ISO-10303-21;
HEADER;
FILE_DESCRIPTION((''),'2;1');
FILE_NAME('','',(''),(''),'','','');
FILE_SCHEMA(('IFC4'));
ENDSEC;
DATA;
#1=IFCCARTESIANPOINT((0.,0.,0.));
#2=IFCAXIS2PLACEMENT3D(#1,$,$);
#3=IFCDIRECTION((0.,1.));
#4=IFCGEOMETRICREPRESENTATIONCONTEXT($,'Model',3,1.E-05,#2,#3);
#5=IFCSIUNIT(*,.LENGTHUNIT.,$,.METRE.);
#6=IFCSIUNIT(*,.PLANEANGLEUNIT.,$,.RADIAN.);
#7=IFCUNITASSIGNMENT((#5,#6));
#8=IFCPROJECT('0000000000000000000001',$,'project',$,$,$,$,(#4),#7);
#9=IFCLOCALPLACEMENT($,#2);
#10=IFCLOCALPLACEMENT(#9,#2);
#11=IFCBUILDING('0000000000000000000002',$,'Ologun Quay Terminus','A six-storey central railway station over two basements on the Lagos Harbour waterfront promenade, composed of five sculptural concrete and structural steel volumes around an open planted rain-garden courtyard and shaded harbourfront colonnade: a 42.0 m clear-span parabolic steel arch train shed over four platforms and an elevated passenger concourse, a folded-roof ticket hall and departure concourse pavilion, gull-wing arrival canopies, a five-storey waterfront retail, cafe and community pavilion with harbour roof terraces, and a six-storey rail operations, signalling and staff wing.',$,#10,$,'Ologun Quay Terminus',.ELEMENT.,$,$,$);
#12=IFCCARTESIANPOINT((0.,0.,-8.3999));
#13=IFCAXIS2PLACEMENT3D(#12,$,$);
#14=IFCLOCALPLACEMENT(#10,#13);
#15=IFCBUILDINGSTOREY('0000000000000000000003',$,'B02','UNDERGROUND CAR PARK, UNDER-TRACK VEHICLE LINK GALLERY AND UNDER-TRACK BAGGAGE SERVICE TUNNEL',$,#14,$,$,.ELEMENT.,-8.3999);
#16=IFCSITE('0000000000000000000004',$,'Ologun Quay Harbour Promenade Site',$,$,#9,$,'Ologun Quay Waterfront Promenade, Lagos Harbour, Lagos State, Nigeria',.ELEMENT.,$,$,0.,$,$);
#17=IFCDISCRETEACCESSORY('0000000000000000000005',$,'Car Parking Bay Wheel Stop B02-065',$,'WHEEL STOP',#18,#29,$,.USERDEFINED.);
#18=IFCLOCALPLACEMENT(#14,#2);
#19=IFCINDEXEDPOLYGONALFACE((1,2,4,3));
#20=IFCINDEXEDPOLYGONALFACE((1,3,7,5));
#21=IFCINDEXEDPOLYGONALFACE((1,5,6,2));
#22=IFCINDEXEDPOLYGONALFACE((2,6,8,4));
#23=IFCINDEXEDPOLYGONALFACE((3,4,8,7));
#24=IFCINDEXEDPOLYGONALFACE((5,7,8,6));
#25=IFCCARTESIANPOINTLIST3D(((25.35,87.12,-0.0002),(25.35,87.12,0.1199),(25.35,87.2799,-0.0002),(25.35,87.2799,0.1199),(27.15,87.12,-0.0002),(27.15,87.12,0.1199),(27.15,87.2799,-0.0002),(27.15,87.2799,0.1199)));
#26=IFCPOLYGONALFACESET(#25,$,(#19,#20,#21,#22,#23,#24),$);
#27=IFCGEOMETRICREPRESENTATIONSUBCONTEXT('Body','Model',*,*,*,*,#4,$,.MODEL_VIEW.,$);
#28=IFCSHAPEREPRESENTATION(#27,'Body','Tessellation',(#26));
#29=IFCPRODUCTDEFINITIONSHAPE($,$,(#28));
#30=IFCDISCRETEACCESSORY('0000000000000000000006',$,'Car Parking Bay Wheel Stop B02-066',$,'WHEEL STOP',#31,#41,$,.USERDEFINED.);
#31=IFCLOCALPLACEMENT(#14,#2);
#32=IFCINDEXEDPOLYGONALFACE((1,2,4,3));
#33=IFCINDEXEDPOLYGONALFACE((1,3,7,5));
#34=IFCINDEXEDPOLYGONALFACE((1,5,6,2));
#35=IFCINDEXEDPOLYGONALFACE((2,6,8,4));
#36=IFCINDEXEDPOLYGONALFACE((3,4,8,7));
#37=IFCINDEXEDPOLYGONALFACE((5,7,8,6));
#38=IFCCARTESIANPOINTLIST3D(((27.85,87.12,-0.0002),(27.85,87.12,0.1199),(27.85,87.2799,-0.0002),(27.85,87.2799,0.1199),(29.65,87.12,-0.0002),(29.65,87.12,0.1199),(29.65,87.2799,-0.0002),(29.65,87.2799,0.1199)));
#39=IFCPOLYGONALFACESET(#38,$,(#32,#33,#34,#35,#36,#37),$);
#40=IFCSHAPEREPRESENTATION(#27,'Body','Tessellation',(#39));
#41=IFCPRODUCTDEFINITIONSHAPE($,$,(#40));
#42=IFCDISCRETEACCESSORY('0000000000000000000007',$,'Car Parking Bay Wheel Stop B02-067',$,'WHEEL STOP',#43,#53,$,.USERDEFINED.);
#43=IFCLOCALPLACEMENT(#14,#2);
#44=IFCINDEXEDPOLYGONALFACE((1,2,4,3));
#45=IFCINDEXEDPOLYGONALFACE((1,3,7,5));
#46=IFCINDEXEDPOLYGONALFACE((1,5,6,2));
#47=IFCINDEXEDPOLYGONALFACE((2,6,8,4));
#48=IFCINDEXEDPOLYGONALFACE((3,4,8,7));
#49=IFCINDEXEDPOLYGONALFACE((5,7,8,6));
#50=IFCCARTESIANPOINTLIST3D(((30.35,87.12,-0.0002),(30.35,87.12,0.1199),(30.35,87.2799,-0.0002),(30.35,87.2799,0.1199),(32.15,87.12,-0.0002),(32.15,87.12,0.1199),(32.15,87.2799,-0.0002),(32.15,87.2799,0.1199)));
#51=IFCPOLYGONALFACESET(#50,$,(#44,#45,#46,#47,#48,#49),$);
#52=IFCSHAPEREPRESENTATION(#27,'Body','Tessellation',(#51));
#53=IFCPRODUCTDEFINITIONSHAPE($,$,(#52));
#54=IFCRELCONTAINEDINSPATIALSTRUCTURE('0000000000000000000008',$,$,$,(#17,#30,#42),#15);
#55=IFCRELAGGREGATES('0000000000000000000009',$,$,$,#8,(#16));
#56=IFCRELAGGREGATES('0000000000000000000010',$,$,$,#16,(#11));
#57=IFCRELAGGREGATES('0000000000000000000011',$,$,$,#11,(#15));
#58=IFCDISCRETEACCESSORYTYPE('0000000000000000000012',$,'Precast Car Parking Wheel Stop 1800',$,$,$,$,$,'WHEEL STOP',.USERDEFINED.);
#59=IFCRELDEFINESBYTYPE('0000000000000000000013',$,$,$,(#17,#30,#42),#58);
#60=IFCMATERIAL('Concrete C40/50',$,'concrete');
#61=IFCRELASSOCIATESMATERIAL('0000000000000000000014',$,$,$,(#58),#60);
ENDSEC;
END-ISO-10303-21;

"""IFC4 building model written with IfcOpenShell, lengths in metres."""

from ifc_helpers import new_model, si_unit, direction, frame, origin, origin_2d, place, context, subcontext, project, spatial, rectangle, extrude, material, type_object, element, save


model = new_model("IFC4")

# Units and contexts
model_context = context("Model", 3, precision=1e-05, world=origin(), true_north=direction((0.0, 1.0)))
body_context = subcontext(model_context, "Body", "Model", "MODEL_VIEW")
ifc_project = project(units=[si_unit("LENGTHUNIT", "METRE"), si_unit("PLANEANGLEUNIT", "RADIAN")], contexts=[model_context])

# Site, building, storey
site_placement = place(None, origin())
site = spatial("IfcSite", under=ifc_project, at=site_placement, Name="Ologun Quay Harbour Promenade Site", LongName="Ologun Quay Waterfront Promenade, Lagos Harbour, Lagos State, Nigeria", CompositionType="ELEMENT", RefElevation=0.0)
building_placement = place(site_placement, origin())
building = spatial("IfcBuilding", under=site, at=building_placement, Name="Ologun Quay Terminus", Description="A six-storey central railway station over two basements on the Lagos Harbour waterfront promenade, composed of five sculptural concrete and structural steel volumes around an open planted rain-garden courtyard and shaded harbourfront colonnade: a 42.0 m clear-span parabolic steel arch train shed over four platforms and an elevated passenger concourse, a folded-roof ticket hall and departure concourse pavilion, gull-wing arrival canopies, a five-storey waterfront retail, cafe and community pavilion with harbour roof terraces, and a six-storey rail operations, signalling and staff wing.", LongName="Ologun Quay Terminus", CompositionType="ELEMENT")
storey_placement = place(building_placement, frame((0.0, 0.0, -8.3999)))
storey = spatial("IfcBuildingStorey", under=building, at=storey_placement, Name="B02", Description="UNDERGROUND CAR PARK, UNDER-TRACK VEHICLE LINK GALLERY AND UNDER-TRACK BAGGAGE SERVICE TUNNEL", CompositionType="ELEMENT", Elevation=-8.3999)

# Discrete accessories
ifc_material_1 = material(Name="Concrete C40/50", Category="concrete")
discrete_accessory_type = type_object("IfcDiscreteAccessoryType", Name="Precast Car Parking Wheel Stop 1800", ElementType="WHEEL STOP", PredefinedType="USERDEFINED", material=ifc_material_1)
for number, where, z_axis, x_axis, name in (
    (1, (26.25, 87.2, -0.0002), (0.0, 0.0, 1.0), (1.0, 0.0, 0.0), "Car Parking Bay Wheel Stop B02-065"),
    (2, (28.75, 87.2, -0.0002), (0.0, 0.0, 1.0), (1.0, 0.0, 0.0), "Car Parking Bay Wheel Stop B02-066"),
    (3, (31.25, 87.2, -0.0002), (0.0, 0.0, 1.0), (1.0, 0.0, 0.0), "Car Parking Bay Wheel Stop B02-067"),
):
    element("IfcDiscreteAccessory", number, at=place(storey_placement, frame(where, z_axis=z_axis, x_axis=x_axis)), inside=storey, type_object=discrete_accessory_type, Name=name, ObjectType="WHEEL STOP", PredefinedType="USERDEFINED", context=body_context, shape_type="SweptSolid", body=[
        extrude(rectangle(XDim=1.8, YDim=0.1599, at=origin_2d()), origin(), (0.0, 0.0, 1.0), 0.1201),
    ])

save(model, "model.ifc")
